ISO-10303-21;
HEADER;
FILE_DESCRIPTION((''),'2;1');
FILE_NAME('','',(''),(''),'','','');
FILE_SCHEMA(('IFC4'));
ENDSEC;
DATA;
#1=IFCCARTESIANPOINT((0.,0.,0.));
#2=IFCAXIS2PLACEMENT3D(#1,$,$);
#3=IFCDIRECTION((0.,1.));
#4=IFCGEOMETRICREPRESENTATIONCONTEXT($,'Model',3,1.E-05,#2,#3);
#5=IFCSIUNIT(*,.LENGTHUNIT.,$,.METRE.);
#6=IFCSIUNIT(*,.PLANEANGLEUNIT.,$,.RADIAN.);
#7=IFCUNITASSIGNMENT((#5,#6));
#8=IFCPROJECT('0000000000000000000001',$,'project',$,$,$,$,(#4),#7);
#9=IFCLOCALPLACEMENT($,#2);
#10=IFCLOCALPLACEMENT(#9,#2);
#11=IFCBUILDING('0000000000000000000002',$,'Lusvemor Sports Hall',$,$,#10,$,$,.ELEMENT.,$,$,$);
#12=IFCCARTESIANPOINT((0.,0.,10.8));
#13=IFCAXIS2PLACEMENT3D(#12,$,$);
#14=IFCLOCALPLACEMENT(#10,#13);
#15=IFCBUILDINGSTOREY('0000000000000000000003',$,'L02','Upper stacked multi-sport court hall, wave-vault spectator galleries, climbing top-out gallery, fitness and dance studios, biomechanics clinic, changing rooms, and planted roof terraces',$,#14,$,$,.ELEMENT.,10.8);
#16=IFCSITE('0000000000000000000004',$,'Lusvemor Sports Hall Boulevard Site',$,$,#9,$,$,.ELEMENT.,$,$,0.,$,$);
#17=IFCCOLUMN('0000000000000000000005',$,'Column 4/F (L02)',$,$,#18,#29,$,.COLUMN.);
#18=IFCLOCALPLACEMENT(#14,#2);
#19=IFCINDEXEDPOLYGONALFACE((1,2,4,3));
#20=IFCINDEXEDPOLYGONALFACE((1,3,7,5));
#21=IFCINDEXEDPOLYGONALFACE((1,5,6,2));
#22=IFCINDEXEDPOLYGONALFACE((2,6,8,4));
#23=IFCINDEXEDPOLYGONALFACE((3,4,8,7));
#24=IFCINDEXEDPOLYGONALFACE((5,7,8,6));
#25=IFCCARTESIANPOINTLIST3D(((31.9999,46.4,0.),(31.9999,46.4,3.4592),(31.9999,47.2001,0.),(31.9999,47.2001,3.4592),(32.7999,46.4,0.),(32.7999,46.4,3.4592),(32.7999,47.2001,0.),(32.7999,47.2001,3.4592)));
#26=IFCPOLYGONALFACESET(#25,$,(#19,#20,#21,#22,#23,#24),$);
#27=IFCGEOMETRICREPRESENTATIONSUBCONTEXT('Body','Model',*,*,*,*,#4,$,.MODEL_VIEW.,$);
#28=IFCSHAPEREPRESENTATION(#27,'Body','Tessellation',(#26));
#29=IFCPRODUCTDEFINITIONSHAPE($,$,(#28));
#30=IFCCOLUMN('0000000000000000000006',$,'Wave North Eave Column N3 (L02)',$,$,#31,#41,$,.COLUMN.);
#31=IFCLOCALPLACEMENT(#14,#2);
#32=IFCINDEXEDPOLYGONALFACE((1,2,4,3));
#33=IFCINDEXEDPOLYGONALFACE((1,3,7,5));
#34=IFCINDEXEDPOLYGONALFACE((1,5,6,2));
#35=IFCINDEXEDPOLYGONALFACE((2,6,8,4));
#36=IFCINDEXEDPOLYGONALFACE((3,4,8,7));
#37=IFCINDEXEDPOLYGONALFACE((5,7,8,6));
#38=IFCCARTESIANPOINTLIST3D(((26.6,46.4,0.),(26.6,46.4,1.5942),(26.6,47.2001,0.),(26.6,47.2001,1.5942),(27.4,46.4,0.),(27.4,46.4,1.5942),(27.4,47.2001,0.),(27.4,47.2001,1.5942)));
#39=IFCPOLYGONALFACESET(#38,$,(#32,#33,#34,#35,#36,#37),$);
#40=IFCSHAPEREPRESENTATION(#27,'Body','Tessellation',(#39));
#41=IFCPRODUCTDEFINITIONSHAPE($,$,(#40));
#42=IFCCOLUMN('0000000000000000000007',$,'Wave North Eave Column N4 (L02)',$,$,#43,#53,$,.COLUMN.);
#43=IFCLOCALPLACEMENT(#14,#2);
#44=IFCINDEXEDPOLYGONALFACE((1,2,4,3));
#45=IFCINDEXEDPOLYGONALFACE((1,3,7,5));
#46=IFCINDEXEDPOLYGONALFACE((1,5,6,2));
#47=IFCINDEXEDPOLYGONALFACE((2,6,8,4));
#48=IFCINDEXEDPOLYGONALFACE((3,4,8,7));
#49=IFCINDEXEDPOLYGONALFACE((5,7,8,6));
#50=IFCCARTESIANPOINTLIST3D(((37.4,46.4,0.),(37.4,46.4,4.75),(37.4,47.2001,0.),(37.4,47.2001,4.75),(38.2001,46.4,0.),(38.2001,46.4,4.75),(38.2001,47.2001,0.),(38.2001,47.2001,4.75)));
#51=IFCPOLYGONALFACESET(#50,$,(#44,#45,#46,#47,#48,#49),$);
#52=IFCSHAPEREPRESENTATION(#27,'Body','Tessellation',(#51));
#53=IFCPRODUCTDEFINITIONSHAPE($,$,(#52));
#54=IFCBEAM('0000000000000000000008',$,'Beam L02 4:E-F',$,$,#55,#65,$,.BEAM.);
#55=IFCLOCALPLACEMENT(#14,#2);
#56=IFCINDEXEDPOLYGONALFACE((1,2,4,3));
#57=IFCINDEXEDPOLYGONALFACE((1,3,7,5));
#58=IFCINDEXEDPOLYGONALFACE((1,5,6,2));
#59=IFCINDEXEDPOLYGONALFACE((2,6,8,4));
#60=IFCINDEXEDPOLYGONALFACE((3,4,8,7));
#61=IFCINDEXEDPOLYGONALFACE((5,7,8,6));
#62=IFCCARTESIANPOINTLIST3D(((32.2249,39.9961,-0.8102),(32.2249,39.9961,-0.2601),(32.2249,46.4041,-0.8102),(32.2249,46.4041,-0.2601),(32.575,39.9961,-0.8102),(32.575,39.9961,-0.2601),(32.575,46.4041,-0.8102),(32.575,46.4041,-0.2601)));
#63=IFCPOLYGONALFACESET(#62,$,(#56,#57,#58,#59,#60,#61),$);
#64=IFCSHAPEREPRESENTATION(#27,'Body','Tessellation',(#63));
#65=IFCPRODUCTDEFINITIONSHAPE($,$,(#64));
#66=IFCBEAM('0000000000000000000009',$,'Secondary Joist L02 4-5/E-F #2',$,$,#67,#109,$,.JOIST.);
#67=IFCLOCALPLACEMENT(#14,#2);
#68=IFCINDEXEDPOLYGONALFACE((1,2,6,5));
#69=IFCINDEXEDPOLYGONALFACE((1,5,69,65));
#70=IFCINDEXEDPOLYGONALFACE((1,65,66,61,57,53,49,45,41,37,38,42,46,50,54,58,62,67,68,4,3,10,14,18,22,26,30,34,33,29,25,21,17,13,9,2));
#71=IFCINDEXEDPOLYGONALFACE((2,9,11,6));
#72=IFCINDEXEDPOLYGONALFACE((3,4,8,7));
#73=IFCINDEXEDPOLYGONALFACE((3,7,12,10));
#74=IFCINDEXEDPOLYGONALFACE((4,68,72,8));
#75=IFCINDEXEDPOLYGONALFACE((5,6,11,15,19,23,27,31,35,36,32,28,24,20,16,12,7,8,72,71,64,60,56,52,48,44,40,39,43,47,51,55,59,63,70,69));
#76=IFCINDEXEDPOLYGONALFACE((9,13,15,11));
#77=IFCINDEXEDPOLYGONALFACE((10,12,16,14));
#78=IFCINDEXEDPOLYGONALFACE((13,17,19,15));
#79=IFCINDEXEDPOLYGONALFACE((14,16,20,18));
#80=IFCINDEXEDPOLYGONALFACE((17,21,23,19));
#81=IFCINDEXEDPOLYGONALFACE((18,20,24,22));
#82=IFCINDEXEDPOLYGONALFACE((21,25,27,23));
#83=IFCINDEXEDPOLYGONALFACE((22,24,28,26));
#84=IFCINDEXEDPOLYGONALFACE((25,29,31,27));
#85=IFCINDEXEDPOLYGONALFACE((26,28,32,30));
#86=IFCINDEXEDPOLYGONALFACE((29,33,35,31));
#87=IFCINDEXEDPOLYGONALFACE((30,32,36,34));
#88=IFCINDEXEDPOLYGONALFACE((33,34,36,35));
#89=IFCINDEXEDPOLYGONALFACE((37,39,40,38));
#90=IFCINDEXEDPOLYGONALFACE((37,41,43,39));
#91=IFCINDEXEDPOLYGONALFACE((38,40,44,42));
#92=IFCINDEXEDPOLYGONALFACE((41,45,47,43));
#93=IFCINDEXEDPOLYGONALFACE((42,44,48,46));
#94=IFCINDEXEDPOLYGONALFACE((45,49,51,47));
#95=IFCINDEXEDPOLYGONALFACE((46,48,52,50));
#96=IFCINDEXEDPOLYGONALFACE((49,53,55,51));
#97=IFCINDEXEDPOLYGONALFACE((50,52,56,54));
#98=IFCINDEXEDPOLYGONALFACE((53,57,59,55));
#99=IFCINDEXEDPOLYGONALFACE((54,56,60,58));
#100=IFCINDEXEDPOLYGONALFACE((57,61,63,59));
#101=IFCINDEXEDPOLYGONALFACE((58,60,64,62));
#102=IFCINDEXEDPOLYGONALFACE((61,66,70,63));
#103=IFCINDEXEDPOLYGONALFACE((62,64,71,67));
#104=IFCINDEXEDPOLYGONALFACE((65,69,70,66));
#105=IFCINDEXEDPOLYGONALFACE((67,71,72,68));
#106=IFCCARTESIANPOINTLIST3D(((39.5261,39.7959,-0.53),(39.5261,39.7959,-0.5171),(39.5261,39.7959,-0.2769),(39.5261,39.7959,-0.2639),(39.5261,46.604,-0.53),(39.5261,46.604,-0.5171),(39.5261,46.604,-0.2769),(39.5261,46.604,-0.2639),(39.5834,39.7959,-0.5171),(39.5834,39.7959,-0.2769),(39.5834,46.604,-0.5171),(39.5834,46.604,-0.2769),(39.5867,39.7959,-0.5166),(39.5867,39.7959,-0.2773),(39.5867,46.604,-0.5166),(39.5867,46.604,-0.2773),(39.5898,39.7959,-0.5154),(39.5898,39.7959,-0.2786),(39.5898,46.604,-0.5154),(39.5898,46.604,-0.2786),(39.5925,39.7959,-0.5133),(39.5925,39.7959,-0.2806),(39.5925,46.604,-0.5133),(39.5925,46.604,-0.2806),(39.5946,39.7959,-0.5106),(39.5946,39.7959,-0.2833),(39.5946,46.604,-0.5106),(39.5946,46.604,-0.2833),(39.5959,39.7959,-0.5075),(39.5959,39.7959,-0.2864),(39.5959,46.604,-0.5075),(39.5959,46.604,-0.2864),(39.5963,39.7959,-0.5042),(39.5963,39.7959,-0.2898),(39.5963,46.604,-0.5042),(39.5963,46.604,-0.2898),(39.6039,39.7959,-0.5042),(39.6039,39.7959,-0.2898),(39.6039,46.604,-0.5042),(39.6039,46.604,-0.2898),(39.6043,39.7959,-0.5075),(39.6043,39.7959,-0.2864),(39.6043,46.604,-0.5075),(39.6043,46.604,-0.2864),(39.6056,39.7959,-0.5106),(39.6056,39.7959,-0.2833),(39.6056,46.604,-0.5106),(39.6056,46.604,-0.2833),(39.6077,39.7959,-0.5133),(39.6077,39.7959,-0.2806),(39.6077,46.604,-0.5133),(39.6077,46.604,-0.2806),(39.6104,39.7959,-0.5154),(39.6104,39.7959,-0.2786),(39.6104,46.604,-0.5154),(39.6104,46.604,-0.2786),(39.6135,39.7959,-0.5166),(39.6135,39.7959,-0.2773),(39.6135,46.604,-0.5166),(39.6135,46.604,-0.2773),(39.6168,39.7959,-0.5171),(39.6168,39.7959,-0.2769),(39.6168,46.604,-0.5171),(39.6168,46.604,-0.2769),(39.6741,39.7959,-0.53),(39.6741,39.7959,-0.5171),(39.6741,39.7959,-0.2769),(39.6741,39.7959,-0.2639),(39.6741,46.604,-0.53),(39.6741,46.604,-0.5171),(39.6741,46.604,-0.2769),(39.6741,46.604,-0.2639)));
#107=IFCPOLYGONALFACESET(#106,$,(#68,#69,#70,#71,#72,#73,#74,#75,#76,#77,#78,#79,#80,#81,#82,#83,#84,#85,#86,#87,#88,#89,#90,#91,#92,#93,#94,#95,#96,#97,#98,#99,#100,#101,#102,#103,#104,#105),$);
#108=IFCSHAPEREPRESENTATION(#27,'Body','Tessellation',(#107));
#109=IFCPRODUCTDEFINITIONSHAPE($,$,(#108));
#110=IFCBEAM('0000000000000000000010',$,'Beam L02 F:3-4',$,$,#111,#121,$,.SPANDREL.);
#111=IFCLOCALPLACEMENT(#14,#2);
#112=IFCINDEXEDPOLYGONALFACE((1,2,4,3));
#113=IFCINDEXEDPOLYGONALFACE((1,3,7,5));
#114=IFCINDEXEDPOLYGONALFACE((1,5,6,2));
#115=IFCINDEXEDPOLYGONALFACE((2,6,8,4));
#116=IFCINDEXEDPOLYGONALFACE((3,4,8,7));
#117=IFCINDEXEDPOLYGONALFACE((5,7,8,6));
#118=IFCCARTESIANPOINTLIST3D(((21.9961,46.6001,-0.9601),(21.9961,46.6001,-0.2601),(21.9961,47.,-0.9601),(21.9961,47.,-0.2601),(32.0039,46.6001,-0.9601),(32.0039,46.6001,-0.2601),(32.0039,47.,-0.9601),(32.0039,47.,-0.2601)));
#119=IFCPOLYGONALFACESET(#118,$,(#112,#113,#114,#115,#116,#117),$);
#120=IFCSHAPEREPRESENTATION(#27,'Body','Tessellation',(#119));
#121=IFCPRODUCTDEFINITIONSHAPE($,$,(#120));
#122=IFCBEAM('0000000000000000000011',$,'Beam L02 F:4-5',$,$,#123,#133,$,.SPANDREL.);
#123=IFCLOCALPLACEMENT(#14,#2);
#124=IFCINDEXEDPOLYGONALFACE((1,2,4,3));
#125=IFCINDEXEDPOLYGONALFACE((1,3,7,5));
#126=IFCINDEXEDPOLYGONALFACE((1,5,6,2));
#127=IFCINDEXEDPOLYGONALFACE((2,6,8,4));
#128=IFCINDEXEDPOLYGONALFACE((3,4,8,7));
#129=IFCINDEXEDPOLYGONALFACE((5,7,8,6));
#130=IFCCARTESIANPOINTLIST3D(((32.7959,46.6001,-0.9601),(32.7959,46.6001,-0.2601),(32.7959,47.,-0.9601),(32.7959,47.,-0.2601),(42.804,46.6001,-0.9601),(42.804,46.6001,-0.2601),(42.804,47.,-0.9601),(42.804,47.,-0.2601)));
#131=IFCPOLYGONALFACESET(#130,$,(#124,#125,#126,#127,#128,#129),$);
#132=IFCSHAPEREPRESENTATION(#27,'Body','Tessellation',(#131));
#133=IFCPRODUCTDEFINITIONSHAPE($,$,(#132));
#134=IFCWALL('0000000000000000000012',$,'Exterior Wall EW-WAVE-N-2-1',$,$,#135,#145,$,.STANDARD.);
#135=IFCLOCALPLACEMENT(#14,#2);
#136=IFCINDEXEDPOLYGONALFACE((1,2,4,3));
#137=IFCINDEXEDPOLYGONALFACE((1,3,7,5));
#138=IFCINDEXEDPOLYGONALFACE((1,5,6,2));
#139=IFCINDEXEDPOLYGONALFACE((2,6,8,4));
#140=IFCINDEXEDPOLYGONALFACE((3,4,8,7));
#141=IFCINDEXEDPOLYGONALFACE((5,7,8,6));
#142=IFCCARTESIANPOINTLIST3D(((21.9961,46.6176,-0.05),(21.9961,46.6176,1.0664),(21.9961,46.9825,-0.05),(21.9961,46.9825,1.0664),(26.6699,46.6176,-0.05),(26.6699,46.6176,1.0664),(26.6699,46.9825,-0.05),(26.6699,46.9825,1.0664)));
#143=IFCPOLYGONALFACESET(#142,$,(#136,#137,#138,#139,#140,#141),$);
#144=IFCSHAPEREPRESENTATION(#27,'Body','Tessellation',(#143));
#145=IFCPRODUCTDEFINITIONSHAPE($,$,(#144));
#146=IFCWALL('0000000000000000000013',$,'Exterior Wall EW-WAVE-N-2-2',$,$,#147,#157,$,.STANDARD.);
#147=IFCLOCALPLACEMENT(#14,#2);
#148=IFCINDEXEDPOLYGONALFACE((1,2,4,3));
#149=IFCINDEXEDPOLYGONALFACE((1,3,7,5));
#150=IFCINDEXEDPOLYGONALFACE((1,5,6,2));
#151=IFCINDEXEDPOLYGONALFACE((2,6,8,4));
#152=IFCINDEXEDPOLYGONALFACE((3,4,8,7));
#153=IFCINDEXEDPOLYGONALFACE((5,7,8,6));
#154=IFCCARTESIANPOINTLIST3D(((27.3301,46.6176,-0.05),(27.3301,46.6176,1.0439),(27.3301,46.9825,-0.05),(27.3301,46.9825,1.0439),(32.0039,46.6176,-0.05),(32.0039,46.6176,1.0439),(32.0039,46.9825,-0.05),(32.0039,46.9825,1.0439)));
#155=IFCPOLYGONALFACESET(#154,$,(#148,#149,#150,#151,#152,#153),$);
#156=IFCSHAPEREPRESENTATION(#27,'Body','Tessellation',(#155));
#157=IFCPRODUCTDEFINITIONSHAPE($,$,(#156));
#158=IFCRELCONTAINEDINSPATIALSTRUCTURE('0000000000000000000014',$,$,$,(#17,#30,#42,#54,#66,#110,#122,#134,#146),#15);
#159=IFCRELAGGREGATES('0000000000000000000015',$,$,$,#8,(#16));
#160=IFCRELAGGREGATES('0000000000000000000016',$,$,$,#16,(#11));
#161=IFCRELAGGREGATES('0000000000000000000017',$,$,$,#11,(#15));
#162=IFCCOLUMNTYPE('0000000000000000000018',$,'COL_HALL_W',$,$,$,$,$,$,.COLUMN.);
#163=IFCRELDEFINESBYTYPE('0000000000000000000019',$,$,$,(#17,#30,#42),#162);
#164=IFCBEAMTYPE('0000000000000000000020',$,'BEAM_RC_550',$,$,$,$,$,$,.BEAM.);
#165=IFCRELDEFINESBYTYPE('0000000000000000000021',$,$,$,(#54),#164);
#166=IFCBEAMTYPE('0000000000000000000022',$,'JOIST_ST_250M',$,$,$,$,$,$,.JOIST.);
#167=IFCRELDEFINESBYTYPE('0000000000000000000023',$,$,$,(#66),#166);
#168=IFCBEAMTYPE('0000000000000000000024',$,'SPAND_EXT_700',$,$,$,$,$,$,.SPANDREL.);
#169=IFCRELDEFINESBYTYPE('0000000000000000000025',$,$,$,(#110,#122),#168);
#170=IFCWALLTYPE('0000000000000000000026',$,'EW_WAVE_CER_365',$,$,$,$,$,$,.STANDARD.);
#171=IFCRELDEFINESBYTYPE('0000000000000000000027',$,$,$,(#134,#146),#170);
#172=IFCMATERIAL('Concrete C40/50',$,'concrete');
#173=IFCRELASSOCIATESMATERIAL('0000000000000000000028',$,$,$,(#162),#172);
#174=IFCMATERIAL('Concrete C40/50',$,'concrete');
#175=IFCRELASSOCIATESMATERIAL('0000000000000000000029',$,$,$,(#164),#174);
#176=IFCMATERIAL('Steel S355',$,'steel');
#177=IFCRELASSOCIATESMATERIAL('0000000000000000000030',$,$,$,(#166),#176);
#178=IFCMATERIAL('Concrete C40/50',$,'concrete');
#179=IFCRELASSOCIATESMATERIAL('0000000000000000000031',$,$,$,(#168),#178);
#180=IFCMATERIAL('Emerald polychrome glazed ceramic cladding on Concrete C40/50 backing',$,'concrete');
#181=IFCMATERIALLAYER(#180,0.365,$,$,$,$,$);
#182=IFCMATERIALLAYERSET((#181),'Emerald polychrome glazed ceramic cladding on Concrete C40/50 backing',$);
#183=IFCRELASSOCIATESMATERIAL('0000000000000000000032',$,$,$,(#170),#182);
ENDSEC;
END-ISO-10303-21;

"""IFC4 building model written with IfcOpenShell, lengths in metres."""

from ifc_helpers import new_model, si_unit, direction, frame, frame_2d, origin, origin_2d, place, context, subcontext, project, spatial, rectangle, i_section, extrude, material, layer, layer_set, material_profile, profile_set, type_object, element, save


model = new_model("IFC4")

# Units and contexts
model_context = context("Model", 3, precision=1e-05, world=origin(), true_north=direction((0.0, 1.0)))
body_context = subcontext(model_context, "Body", "Model", "MODEL_VIEW")
ifc_project = project(units=[si_unit("LENGTHUNIT", "METRE"), si_unit("PLANEANGLEUNIT", "RADIAN")], contexts=[model_context])

# Site, building, storey
site_placement = place(None, origin())
site = spatial("IfcSite", under=ifc_project, at=site_placement, Name="Lusvemor Sports Hall Boulevard Site", CompositionType="ELEMENT", RefElevation=0.0)
building_placement = place(site_placement, origin())
building = spatial("IfcBuilding", under=site, at=building_placement, Name="Lusvemor Sports Hall", CompositionType="ELEMENT")
storey_placement = place(building_placement, frame((0.0, 0.0, 10.8)))
storey = spatial("IfcBuildingStorey", under=building, at=storey_placement, Name="L02", Description="Upper stacked multi-sport court hall, wave-vault spectator galleries, climbing top-out gallery, fitness and dance studios, biomechanics clinic, changing rooms, and planted roof terraces", CompositionType="ELEMENT", Elevation=10.8)

# Columns
ifc_material_1 = material(Name="Concrete C40/50", Category="concrete")
ifc_material_profile_1 = material_profile(ifc_material_1, rectangle(XDim=0.8, YDim=0.8, at=origin_2d()), Name="RC800x800")
ifc_profile_set_1 = profile_set([ifc_material_profile_1], Name="Concrete C40/50")
column_type = type_object("IfcColumnType", Name="COL_HALL_W", PredefinedType="COLUMN", material=ifc_profile_set_1)
column_1_placement = place(storey_placement, frame((32.3999, 46.8, 0.0), z_axis=(0.0, 0.0, 1.0), x_axis=(1.0, 0.0, 0.0)))
element("IfcColumn", 1, at=column_1_placement, inside=storey, type_object=column_type, Name="Column 4/F (L02)", PredefinedType="COLUMN", context=body_context, shape_type="SweptSolid", body=[
    extrude(rectangle(XDim=0.8, YDim=0.8, at=origin_2d()), origin(), (0.0, 0.0, 1.0), 3.4592),
])
column_2_placement = place(storey_placement, frame((27.0, 46.8, 0.0), z_axis=(0.0, 0.0, 1.0), x_axis=(1.0, 0.0, 0.0)))
element("IfcColumn", 2, at=column_2_placement, inside=storey, type_object=column_type, Name="Wave North Eave Column N3 (L02)", PredefinedType="COLUMN", context=body_context, shape_type="SweptSolid", body=[
    extrude(rectangle(XDim=0.8, YDim=0.8, at=origin_2d()), origin(), (0.0, 0.0, 1.0), 1.5942),
])
column_3_placement = place(storey_placement, frame((37.8, 46.8, 0.0), z_axis=(0.0, 0.0, 1.0), x_axis=(1.0, 0.0, 0.0)))
element("IfcColumn", 3, at=column_3_placement, inside=storey, type_object=column_type, Name="Wave North Eave Column N4 (L02)", PredefinedType="COLUMN", context=body_context, shape_type="SweptSolid", body=[
    extrude(rectangle(XDim=0.8, YDim=0.8, at=origin_2d()), origin(), (0.0, 0.0, 1.0), 4.75),
])

# Beams
ifc_material_2 = material(Name="Concrete C40/50", Category="concrete")
ifc_material_profile_2 = material_profile(ifc_material_2, rectangle(XDim=0.3501, YDim=0.55, at=origin_2d()), Name="RC350x550")
ifc_profile_set_2 = profile_set([ifc_material_profile_2], Name="Concrete C40/50")
beam_type_1 = type_object("IfcBeamType", Name="BEAM_RC_550", PredefinedType="BEAM", material=ifc_profile_set_2)
beam_1_placement = place(storey_placement, frame((32.3999, 39.9961, -0.5352), z_axis=(0.0, 1.0, 0.0), x_axis=(-1.0, 0.0, 0.0)))
element("IfcBeam", 4, at=beam_1_placement, inside=storey, type_object=beam_type_1, Name="Beam L02 4:E-F", PredefinedType="BEAM", context=body_context, shape_type="SweptSolid", body=[
    extrude(rectangle(XDim=0.3501, YDim=0.55, at=origin_2d()), origin(), (0.0, 0.0, 1.0), 6.408),
])
ifc_material_3 = material(Name="Steel S355", Category="steel")
ifc_material_profile_3 = material_profile(ifc_material_3, i_section(OverallWidth=0.1479, OverallDepth=0.2661, WebThickness=0.0076, FlangeThickness=0.0129, FilletRadius=0.0129, at=origin_2d()), Name="W250x44.8")
ifc_profile_set_3 = profile_set([ifc_material_profile_3], Name="Steel S355")
beam_type_2 = type_object("IfcBeamType", Name="JOIST_ST_250M", PredefinedType="JOIST", material=ifc_profile_set_3)
beam_2_placement = place(storey_placement, frame((39.6001, 39.7959, -0.397), z_axis=(0.0, 1.0, 0.0), x_axis=(-1.0, 0.0, 0.0)))
element("IfcBeam", 5, at=beam_2_placement, inside=storey, type_object=beam_type_2, Name="Secondary Joist L02 4-5/E-F #2", PredefinedType="JOIST", context=body_context, shape_type="SweptSolid", body=[
    extrude(i_section(OverallWidth=0.1479, OverallDepth=0.2661, WebThickness=0.0076, FlangeThickness=0.0129, FilletRadius=0.0129, at=origin_2d()), origin(), (0.0, 0.0, 1.0), 6.8081),
])
ifc_material_4 = material(Name="Concrete C40/50", Category="concrete")
ifc_material_profile_4 = material_profile(ifc_material_4, rectangle(XDim=0.3999, YDim=0.7, at=origin_2d()), Name="RC400x700")
ifc_profile_set_4 = profile_set([ifc_material_profile_4], Name="Concrete C40/50")
beam_type_3 = type_object("IfcBeamType", Name="SPAND_EXT_700", PredefinedType="SPANDREL", material=ifc_profile_set_4)
beam_3_placement = place(storey_placement, frame((21.9961, 46.8, -0.6101), z_axis=(1.0, 0.0, 0.0), x_axis=(0.0, 1.0, 0.0)))
element("IfcBeam", 6, at=beam_3_placement, inside=storey, type_object=beam_type_3, Name="Beam L02 F:3-4", PredefinedType="SPANDREL", context=body_context, shape_type="SweptSolid", body=[
    extrude(rectangle(XDim=0.3999, YDim=0.7, at=origin_2d()), origin(), (0.0, 0.0, 1.0), 10.0078),
])
beam_4_placement = place(storey_placement, frame((32.7959, 46.8, -0.6101), z_axis=(1.0, 0.0, 0.0), x_axis=(0.0, 1.0, 0.0)))
element("IfcBeam", 7, at=beam_4_placement, inside=storey, type_object=beam_type_3, Name="Beam L02 F:4-5", PredefinedType="SPANDREL", context=body_context, shape_type="SweptSolid", body=[
    extrude(rectangle(XDim=0.3999, YDim=0.7, at=origin_2d()), origin(), (0.0, 0.0, 1.0), 10.0081),
])

# Walls
ifc_material_5 = material(Name="Emerald polychrome glazed ceramic cladding on Concrete C40/50 backing", Category="concrete")
ifc_layer_1 = layer(ifc_material_5, 0.365)
ifc_layer_set_1 = layer_set([ifc_layer_1], Name="Emerald polychrome glazed ceramic cladding on Concrete C40/50 backing")
wall_type = type_object("IfcWallType", Name="EW_WAVE_CER_365", PredefinedType="STANDARD", material=ifc_layer_set_1)
wall_1_placement = place(storey_placement, frame((21.9961, 46.8, -0.05), z_axis=(0.0, 0.0, 1.0), x_axis=(1.0, 0.0, 0.0)))
element("IfcWall", 8, at=wall_1_placement, inside=storey, type_object=wall_type, Name="Exterior Wall EW-WAVE-N-2-1", PredefinedType="STANDARD", context=body_context, shape_type="SweptSolid", body=[
    extrude(rectangle(XDim=4.6738, YDim=0.365, at=frame_2d((2.3369, 0.0))), origin(), (0.0, 0.0, 1.0), 1.1165),
])
wall_2_placement = place(storey_placement, frame((27.3301, 46.8, -0.05), z_axis=(0.0, 0.0, 1.0), x_axis=(1.0, 0.0, 0.0)))
element("IfcWall", 9, at=wall_2_placement, inside=storey, type_object=wall_type, Name="Exterior Wall EW-WAVE-N-2-2", PredefinedType="STANDARD", context=body_context, shape_type="SweptSolid", body=[
    extrude(rectangle(XDim=4.6738, YDim=0.365, at=frame_2d((2.3369, 0.0))), origin(), (0.0, 0.0, 1.0), 1.094),
])

save(model, "model.ifc")
